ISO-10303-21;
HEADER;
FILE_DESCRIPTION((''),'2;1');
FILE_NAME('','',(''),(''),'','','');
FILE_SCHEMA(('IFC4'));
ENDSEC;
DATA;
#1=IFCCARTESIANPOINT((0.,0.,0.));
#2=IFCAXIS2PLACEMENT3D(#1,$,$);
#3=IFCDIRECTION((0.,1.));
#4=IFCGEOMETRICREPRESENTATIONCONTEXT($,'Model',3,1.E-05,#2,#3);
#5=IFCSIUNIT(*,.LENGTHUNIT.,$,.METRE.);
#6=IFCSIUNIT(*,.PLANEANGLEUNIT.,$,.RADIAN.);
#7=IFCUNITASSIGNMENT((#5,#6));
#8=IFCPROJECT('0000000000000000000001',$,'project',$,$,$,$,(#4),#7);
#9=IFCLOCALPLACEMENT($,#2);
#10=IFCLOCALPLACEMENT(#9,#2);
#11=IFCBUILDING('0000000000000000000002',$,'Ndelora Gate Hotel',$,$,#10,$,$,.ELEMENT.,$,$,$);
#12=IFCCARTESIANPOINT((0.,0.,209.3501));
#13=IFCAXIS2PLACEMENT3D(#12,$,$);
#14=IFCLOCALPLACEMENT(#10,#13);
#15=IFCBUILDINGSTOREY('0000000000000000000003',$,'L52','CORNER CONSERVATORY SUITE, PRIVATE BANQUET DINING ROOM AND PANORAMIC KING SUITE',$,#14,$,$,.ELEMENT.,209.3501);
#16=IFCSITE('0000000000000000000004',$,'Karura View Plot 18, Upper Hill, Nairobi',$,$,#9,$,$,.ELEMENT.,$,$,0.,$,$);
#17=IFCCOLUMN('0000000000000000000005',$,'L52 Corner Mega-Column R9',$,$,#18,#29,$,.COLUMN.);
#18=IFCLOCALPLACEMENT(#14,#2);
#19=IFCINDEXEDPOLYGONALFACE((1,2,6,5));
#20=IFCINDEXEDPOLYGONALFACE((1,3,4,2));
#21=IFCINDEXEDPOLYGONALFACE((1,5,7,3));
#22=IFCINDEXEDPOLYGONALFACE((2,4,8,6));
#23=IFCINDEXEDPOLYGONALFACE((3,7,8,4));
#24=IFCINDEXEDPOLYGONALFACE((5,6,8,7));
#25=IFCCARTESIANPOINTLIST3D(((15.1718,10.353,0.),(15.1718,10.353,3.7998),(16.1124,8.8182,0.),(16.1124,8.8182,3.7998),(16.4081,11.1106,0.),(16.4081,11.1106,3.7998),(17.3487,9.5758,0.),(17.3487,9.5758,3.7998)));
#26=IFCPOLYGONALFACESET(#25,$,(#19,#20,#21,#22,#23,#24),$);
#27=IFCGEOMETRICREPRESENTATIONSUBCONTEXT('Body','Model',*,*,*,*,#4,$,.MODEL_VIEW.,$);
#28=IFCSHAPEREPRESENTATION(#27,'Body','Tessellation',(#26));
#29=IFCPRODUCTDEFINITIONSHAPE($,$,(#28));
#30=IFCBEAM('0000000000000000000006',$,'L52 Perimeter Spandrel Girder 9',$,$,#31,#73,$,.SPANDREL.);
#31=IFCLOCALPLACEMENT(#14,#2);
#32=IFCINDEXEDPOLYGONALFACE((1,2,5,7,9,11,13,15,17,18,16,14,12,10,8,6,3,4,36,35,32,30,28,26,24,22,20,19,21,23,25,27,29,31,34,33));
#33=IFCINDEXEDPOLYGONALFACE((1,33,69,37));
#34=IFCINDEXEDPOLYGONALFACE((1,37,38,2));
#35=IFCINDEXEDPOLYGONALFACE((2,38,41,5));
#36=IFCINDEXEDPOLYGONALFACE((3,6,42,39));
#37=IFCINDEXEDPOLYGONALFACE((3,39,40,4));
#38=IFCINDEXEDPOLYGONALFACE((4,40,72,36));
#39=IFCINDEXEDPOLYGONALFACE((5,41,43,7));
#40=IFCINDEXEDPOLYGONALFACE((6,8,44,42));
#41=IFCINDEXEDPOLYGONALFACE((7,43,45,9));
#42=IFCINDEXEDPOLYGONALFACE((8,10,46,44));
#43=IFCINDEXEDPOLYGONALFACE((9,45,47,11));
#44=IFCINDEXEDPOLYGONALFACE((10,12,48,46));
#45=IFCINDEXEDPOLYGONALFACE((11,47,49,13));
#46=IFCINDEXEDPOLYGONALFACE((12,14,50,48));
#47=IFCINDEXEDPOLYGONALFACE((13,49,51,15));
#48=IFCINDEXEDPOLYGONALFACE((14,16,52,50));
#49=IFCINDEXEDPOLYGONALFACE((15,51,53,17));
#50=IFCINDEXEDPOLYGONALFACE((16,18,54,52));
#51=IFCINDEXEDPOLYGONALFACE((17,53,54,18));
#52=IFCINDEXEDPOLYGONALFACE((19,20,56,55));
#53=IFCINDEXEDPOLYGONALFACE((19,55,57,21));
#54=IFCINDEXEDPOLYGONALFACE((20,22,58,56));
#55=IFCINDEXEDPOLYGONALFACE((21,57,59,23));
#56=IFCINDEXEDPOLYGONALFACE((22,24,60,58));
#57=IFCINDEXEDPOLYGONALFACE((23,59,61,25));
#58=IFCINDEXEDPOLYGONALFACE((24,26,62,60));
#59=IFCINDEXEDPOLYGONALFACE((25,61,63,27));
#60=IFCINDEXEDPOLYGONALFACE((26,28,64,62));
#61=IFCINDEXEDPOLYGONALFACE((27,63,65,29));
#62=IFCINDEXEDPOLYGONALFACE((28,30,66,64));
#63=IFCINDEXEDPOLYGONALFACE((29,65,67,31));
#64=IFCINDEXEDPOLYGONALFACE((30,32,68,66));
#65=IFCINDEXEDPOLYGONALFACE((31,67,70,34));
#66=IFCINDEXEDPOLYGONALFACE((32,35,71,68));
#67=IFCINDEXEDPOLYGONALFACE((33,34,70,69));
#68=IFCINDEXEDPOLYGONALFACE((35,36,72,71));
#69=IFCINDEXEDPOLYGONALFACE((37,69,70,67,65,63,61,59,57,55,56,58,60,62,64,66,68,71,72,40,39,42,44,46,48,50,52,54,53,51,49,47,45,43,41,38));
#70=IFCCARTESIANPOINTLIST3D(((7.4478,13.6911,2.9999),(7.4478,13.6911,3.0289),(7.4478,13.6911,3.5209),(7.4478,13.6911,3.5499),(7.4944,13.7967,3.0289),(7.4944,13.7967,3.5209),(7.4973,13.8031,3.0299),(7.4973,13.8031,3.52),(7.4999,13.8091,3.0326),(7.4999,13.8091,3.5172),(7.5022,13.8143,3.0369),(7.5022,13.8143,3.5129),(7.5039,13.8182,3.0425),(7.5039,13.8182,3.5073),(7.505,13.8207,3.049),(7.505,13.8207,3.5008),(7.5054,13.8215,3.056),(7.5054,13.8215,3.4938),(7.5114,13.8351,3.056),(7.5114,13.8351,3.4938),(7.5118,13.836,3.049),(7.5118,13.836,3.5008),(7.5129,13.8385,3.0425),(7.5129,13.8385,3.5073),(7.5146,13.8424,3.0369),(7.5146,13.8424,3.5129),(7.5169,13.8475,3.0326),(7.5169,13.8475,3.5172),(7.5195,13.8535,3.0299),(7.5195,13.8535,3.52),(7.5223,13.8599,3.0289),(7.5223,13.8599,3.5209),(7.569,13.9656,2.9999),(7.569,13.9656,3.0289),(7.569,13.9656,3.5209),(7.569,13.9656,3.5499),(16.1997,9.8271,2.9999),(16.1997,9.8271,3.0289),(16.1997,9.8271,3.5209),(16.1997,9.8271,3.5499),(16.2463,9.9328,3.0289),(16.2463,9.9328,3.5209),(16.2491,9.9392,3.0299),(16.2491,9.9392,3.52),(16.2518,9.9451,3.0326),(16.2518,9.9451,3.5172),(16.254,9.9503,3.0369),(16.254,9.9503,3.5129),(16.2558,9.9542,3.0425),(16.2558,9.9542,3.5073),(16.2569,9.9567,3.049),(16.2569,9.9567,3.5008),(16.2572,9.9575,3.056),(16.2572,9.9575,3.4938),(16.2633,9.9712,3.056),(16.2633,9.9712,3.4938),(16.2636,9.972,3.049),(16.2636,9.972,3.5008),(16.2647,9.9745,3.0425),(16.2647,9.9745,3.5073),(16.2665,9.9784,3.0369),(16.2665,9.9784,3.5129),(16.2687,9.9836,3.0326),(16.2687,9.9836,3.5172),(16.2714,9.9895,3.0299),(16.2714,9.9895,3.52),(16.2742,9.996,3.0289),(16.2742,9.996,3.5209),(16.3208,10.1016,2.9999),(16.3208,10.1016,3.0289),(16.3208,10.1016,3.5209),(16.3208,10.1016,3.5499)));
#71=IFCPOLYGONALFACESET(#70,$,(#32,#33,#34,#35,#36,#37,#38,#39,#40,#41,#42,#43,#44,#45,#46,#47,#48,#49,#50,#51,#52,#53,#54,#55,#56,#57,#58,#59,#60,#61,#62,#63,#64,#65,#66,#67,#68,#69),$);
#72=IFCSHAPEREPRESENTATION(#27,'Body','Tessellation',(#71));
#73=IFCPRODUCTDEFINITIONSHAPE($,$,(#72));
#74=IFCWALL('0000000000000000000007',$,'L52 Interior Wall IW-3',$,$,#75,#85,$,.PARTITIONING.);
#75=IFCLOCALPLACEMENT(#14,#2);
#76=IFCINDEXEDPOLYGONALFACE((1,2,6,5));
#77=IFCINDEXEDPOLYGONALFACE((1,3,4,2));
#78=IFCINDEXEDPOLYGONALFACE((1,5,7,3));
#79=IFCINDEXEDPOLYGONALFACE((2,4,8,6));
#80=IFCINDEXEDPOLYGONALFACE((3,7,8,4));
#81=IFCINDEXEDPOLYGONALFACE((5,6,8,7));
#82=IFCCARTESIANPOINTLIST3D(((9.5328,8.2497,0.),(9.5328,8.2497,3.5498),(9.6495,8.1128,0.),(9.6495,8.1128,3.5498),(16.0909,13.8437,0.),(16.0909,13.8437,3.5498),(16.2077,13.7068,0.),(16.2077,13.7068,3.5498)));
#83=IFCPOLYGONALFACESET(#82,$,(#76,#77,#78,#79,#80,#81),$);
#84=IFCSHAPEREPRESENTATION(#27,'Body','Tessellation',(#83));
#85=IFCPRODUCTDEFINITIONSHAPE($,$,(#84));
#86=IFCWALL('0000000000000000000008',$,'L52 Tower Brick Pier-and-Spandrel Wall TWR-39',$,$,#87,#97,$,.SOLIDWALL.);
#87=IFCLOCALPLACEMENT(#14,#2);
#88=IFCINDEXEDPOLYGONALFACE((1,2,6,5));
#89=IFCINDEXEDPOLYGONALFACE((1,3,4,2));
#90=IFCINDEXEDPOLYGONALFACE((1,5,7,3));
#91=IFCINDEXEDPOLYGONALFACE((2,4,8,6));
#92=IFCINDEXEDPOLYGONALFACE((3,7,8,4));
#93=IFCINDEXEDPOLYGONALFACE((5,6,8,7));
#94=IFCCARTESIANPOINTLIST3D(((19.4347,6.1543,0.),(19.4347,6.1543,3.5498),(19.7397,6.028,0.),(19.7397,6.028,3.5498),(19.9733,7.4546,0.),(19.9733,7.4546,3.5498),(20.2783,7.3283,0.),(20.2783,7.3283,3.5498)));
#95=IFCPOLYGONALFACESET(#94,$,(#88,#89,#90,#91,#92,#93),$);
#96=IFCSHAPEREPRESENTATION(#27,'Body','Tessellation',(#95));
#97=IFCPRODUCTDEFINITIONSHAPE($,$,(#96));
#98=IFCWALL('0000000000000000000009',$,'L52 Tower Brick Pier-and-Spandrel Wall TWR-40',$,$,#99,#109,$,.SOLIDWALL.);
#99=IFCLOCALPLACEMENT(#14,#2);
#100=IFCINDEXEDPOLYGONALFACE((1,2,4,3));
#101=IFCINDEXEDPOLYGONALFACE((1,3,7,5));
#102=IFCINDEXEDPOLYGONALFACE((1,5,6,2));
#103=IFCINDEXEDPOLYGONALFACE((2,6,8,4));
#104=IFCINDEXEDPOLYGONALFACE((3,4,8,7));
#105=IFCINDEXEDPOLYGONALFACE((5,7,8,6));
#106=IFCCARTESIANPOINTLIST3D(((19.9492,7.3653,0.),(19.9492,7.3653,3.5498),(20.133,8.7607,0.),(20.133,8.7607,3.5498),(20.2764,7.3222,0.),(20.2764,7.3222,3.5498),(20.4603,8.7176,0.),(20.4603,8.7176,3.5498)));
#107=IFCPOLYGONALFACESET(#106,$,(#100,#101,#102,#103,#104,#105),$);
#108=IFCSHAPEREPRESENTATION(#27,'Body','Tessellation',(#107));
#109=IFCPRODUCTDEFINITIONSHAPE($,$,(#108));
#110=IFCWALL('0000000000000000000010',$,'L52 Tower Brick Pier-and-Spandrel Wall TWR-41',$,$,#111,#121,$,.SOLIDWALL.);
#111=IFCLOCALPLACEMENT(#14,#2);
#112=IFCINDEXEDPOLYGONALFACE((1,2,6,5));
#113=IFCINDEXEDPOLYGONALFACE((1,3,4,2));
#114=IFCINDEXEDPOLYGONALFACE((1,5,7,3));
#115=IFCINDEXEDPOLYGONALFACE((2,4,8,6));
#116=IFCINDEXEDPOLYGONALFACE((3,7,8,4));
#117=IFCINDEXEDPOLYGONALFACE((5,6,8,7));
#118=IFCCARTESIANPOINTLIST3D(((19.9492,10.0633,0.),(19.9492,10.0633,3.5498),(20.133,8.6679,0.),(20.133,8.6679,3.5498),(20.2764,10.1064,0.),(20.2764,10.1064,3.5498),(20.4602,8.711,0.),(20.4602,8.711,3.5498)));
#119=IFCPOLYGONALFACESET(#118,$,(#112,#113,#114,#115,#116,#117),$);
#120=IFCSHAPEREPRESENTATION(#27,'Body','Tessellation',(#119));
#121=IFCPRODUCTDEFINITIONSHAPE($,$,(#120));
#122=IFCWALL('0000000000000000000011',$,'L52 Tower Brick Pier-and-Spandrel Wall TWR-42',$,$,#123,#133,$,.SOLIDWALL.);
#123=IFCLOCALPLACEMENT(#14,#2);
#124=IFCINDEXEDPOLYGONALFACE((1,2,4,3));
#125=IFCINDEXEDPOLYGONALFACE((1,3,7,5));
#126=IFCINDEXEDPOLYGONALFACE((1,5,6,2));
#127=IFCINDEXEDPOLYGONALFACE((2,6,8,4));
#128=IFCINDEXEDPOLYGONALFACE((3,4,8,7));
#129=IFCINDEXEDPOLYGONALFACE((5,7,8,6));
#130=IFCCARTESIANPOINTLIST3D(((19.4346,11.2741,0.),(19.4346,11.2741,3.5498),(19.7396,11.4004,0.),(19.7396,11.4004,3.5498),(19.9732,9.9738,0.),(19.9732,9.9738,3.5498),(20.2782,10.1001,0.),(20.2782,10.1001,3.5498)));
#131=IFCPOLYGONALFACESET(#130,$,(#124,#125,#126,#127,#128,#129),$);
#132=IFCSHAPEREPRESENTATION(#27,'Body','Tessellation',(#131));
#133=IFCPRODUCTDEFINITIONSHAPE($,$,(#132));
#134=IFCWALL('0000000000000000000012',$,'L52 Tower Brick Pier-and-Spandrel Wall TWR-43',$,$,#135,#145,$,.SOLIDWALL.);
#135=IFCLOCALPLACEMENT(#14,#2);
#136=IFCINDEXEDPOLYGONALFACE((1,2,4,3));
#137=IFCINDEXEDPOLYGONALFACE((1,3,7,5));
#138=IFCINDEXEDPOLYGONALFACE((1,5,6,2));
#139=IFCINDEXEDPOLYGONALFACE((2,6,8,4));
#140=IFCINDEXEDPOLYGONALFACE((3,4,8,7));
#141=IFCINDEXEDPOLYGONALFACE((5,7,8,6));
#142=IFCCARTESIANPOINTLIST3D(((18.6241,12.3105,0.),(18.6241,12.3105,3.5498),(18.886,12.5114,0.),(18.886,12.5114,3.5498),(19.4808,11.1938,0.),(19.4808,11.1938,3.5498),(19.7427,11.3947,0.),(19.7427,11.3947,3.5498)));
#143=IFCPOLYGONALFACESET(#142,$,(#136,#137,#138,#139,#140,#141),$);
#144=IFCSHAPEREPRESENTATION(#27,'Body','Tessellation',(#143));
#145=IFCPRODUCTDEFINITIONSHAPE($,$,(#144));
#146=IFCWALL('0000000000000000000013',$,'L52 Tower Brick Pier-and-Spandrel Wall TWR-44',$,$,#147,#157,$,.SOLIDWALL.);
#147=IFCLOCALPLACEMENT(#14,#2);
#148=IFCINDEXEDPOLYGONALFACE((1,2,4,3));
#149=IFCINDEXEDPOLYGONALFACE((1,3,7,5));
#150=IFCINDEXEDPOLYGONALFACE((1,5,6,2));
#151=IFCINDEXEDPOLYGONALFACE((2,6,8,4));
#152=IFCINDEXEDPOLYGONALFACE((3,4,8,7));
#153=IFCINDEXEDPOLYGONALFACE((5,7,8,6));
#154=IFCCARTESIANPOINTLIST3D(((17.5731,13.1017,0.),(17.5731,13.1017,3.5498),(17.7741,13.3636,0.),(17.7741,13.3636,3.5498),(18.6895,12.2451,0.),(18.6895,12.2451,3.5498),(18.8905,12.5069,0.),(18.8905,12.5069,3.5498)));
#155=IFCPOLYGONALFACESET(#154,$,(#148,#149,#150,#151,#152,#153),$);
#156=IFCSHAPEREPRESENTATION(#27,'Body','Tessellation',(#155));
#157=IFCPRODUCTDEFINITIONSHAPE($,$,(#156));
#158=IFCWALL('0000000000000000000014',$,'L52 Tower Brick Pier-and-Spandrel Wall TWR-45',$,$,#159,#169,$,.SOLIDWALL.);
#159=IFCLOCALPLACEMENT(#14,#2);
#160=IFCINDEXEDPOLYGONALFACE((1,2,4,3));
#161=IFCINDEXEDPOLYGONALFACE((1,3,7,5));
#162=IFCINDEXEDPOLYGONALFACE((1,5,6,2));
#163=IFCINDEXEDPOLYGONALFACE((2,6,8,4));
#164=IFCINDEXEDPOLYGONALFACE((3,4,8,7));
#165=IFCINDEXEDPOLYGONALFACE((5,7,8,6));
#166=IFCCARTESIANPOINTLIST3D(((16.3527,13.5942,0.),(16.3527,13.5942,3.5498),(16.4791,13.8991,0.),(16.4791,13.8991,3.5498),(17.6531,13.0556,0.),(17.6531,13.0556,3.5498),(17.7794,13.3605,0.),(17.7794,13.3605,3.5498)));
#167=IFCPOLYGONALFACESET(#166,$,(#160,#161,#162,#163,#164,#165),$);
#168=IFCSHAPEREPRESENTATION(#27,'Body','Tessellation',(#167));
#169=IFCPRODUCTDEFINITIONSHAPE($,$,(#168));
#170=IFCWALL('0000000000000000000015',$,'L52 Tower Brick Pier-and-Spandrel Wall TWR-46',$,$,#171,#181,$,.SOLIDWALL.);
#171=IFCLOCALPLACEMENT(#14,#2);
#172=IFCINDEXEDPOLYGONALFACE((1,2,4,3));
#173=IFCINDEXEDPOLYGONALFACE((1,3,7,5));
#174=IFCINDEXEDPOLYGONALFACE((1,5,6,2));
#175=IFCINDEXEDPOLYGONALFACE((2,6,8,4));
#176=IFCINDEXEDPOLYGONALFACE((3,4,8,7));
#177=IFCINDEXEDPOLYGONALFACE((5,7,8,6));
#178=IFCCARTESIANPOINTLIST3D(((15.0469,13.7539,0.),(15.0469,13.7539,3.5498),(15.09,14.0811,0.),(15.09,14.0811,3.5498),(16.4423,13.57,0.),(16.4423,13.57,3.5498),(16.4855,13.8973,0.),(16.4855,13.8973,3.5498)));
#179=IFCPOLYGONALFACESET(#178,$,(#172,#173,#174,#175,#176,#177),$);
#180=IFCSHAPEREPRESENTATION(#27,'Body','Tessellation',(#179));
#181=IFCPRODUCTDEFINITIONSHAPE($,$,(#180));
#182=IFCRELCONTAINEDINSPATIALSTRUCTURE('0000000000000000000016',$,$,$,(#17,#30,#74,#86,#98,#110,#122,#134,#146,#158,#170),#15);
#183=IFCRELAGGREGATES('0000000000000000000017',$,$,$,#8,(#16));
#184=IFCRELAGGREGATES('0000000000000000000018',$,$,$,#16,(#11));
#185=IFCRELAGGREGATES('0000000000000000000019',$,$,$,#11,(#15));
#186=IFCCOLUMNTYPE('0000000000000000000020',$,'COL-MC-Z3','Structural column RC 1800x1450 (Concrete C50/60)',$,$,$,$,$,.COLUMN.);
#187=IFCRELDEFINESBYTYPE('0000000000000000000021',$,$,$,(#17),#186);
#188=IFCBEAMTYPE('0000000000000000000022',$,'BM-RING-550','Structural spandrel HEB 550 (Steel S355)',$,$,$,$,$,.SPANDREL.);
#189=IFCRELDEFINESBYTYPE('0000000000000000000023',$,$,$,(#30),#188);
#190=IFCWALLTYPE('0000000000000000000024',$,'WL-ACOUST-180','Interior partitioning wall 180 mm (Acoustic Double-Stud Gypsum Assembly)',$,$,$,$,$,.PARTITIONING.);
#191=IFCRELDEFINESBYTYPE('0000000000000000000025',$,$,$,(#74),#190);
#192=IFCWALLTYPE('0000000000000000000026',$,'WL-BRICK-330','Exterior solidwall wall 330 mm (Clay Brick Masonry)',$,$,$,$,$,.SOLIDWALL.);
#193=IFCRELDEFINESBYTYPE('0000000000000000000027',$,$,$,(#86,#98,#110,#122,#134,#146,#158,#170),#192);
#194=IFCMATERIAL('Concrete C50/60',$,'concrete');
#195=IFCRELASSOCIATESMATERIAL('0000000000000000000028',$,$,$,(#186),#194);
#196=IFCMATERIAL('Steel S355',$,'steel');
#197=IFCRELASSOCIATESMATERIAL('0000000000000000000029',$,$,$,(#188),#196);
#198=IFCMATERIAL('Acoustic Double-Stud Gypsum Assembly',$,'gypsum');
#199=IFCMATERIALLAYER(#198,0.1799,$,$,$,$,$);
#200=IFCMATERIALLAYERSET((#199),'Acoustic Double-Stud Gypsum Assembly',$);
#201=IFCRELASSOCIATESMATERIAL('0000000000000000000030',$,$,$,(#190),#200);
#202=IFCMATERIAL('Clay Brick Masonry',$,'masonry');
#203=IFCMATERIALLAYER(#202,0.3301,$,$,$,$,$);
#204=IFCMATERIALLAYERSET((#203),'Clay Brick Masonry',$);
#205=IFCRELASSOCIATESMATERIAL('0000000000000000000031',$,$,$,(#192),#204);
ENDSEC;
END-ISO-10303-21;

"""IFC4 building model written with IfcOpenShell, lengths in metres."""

from ifc_helpers import new_model, si_unit, direction, frame, frame_2d, origin, origin_2d, place, context, subcontext, project, spatial, rectangle, i_section, extrude, material, layer, layer_set, material_profile, profile_set, type_object, element, save


model = new_model("IFC4")

# Units and contexts
model_context = context("Model", 3, precision=1e-05, world=origin(), true_north=direction((0.0, 1.0)))
body_context = subcontext(model_context, "Body", "Model", "MODEL_VIEW")
ifc_project = project(units=[si_unit("LENGTHUNIT", "METRE"), si_unit("PLANEANGLEUNIT", "RADIAN")], contexts=[model_context])

# Site, building, storey
site_placement = place(None, origin())
site = spatial("IfcSite", under=ifc_project, at=site_placement, Name="Karura View Plot 18, Upper Hill, Nairobi", CompositionType="ELEMENT", RefElevation=0.0)
building_placement = place(site_placement, origin())
building = spatial("IfcBuilding", under=site, at=building_placement, Name="Ndelora Gate Hotel", CompositionType="ELEMENT")
storey_placement = place(building_placement, frame((0.0, 0.0, 209.3501)))
storey = spatial("IfcBuildingStorey", under=building, at=storey_placement, Name="L52", Description="CORNER CONSERVATORY SUITE, PRIVATE BANQUET DINING ROOM AND PANORAMIC KING SUITE", CompositionType="ELEMENT", Elevation=209.3501)

# Column
ifc_material_1 = material(Name="Concrete C50/60", Category="concrete")
ifc_material_profile_1 = material_profile(ifc_material_1, rectangle(XDim=1.45, YDim=1.8, at=origin_2d()), Name="RC 1800x1450")
ifc_profile_set_1 = profile_set([ifc_material_profile_1], Name="Concrete C50/60")
column_type = type_object("IfcColumnType", Name="COL-MC-Z3", Description="Structural column RC 1800x1450 (Concrete C50/60)", PredefinedType="COLUMN", material=ifc_profile_set_1)
column_placement = place(storey_placement, frame((16.2603, 9.9644, 0.0), z_axis=(0.0, 0.0, 1.0), x_axis=(0.85264, 0.522499, 0.0)))
element("IfcColumn", 1, at=column_placement, inside=storey, type_object=column_type, Name="L52 Corner Mega-Column R9", PredefinedType="COLUMN", context=body_context, shape_type="SweptSolid", body=[
    extrude(rectangle(XDim=1.45, YDim=1.8, at=origin_2d()), origin(), (0.0, 0.0, 1.0), 3.7998),
])

# Beam
ifc_material_2 = material(Name="Steel S355", Category="steel")
ifc_material_profile_2 = material_profile(ifc_material_2, i_section(OverallWidth=0.3, OverallDepth=0.55, WebThickness=0.0149, FlangeThickness=0.0291, FilletRadius=0.0271, at=origin_2d()), Name="HEB 550")
ifc_profile_set_2 = profile_set([ifc_material_profile_2], Name="Steel S355")
beam_type = type_object("IfcBeamType", Name="BM-RING-550", Description="Structural spandrel HEB 550 (Steel S355)", PredefinedType="SPANDREL", material=ifc_profile_set_2)
beam_placement = place(storey_placement, frame((16.2603, 9.9644, 3.2749), z_axis=(-0.914807, 0.40389, 0.0), x_axis=(-0.40389, -0.914807, 0.0)))
element("IfcBeam", 2, at=beam_placement, inside=storey, type_object=beam_type, Name="L52 Perimeter Spandrel Girder 9", PredefinedType="SPANDREL", context=body_context, shape_type="SweptSolid", body=[
    extrude(i_section(OverallWidth=0.3, OverallDepth=0.55, WebThickness=0.0149, FlangeThickness=0.0291, FilletRadius=0.0271, at=origin_2d()), origin(), (0.0, 0.0, 1.0), 9.5669),
])

# Walls
ifc_material_3 = material(Name="Acoustic Double-Stud Gypsum Assembly", Category="gypsum")
ifc_layer_1 = layer(ifc_material_3, 0.1799)
ifc_layer_set_1 = layer_set([ifc_layer_1], Name="Acoustic Double-Stud Gypsum Assembly")
wall_type_1 = type_object("IfcWallType", Name="WL-ACOUST-180", Description="Interior partitioning wall 180 mm (Acoustic Double-Stud Gypsum Assembly)", PredefinedType="PARTITIONING", material=ifc_layer_set_1)
wall_1_placement = place(storey_placement, frame((9.5911, 8.1812, 0.0), z_axis=(0.0, 0.0, 1.0), x_axis=(0.760816, 0.648968, 0.0)))
element("IfcWall", 3, at=wall_1_placement, inside=storey, type_object=wall_type_1, Name="L52 Interior Wall IW-3", PredefinedType="PARTITIONING", context=body_context, shape_type="SweptSolid", body=[
    extrude(rectangle(XDim=8.6199, YDim=0.1799, at=frame_2d((4.3101, 0.0))), origin(), (0.0, 0.0, 1.0), 3.5498),
])
ifc_material_4 = material(Name="Clay Brick Masonry", Category="masonry")
ifc_layer_2 = layer(ifc_material_4, 0.3301)
ifc_layer_set_2 = layer_set([ifc_layer_2], Name="Clay Brick Masonry")
wall_type_2 = type_object("IfcWallType", Name="WL-BRICK-330", Description="Exterior solidwall wall 330 mm (Clay Brick Masonry)", PredefinedType="SOLIDWALL", material=ifc_layer_set_2)
for number, where, z_axis, x_axis, name in (
    (4, (20.1257, 7.3914, 0.0), (0.0, 0.0, 1.0), (-0.382668, -0.923886, 0.0), "L52 Tower Brick Pier-and-Spandrel Wall TWR-39"),
    (5, (20.2966, 8.739, 0.0), (0.0, 0.0, 1.0), (-0.130607, -0.991434, 0.0), "L52 Tower Brick Pier-and-Spandrel Wall TWR-40"),
    (6, (20.1128, 10.0847, 0.0), (0.0, 0.0, 1.0), (0.130607, -0.991434, 0.0), "L52 Tower Brick Pier-and-Spandrel Wall TWR-41"),
    (7, (19.5872, 11.3372, 0.0), (0.0, 0.0, 1.0), (0.382668, -0.923886, 0.0), "L52 Tower Brick Pier-and-Spandrel Wall TWR-42"),
    (8, (18.7551, 12.4109, 0.0), (0.0, 0.0, 1.0), (0.608679, -0.793416, 0.0), "L52 Tower Brick Pier-and-Spandrel Wall TWR-43"),
):
    element("IfcWall", number, at=place(storey_placement, frame(where, z_axis=z_axis, x_axis=x_axis)), inside=storey, type_object=wall_type_2, Name=name, PredefinedType="SOLIDWALL", context=body_context, shape_type="SweptSolid", body=[
        extrude(rectangle(XDim=1.4075, YDim=0.3301, at=frame_2d((0.7036, 0.0))), origin(), (0.0, 0.0, 1.0), 3.5498),
    ])
wall_2_placement = place(storey_placement, frame((17.6736, 13.2327, 0.0), z_axis=(0.0, 0.0, 1.0), x_axis=(0.793352, -0.608763, 0.0)))
element("IfcWall", 9, at=wall_2_placement, inside=storey, type_object=wall_type_2, Name="L52 Tower Brick Pier-and-Spandrel Wall TWR-44", PredefinedType="SOLIDWALL", context=body_context, shape_type="SweptSolid", body=[
    extrude(rectangle(XDim=1.4072, YDim=0.3301, at=frame_2d((0.7036, 0.0))), origin(), (0.0, 0.0, 1.0), 3.5498),
])
for number, where, z_axis, x_axis, name in (
    (10, (16.416, 13.7466, 0.0), (0.0, 0.0, 1.0), (0.923886, -0.382668, 0.0), "L52 Tower Brick Pier-and-Spandrel Wall TWR-45"),
    (11, (15.0686, 13.9175, 0.0), (0.0, 0.0, 1.0), (0.991434, -0.130607, 0.0), "L52 Tower Brick Pier-and-Spandrel Wall TWR-46"),
):
    element("IfcWall", number, at=place(storey_placement, frame(where, z_axis=z_axis, x_axis=x_axis)), inside=storey, type_object=wall_type_2, Name=name, PredefinedType="SOLIDWALL", context=body_context, shape_type="SweptSolid", body=[
        extrude(rectangle(XDim=1.4075, YDim=0.3301, at=frame_2d((0.7036, 0.0))), origin(), (0.0, 0.0, 1.0), 3.5498),
    ])

save(model, "model.ifc")
